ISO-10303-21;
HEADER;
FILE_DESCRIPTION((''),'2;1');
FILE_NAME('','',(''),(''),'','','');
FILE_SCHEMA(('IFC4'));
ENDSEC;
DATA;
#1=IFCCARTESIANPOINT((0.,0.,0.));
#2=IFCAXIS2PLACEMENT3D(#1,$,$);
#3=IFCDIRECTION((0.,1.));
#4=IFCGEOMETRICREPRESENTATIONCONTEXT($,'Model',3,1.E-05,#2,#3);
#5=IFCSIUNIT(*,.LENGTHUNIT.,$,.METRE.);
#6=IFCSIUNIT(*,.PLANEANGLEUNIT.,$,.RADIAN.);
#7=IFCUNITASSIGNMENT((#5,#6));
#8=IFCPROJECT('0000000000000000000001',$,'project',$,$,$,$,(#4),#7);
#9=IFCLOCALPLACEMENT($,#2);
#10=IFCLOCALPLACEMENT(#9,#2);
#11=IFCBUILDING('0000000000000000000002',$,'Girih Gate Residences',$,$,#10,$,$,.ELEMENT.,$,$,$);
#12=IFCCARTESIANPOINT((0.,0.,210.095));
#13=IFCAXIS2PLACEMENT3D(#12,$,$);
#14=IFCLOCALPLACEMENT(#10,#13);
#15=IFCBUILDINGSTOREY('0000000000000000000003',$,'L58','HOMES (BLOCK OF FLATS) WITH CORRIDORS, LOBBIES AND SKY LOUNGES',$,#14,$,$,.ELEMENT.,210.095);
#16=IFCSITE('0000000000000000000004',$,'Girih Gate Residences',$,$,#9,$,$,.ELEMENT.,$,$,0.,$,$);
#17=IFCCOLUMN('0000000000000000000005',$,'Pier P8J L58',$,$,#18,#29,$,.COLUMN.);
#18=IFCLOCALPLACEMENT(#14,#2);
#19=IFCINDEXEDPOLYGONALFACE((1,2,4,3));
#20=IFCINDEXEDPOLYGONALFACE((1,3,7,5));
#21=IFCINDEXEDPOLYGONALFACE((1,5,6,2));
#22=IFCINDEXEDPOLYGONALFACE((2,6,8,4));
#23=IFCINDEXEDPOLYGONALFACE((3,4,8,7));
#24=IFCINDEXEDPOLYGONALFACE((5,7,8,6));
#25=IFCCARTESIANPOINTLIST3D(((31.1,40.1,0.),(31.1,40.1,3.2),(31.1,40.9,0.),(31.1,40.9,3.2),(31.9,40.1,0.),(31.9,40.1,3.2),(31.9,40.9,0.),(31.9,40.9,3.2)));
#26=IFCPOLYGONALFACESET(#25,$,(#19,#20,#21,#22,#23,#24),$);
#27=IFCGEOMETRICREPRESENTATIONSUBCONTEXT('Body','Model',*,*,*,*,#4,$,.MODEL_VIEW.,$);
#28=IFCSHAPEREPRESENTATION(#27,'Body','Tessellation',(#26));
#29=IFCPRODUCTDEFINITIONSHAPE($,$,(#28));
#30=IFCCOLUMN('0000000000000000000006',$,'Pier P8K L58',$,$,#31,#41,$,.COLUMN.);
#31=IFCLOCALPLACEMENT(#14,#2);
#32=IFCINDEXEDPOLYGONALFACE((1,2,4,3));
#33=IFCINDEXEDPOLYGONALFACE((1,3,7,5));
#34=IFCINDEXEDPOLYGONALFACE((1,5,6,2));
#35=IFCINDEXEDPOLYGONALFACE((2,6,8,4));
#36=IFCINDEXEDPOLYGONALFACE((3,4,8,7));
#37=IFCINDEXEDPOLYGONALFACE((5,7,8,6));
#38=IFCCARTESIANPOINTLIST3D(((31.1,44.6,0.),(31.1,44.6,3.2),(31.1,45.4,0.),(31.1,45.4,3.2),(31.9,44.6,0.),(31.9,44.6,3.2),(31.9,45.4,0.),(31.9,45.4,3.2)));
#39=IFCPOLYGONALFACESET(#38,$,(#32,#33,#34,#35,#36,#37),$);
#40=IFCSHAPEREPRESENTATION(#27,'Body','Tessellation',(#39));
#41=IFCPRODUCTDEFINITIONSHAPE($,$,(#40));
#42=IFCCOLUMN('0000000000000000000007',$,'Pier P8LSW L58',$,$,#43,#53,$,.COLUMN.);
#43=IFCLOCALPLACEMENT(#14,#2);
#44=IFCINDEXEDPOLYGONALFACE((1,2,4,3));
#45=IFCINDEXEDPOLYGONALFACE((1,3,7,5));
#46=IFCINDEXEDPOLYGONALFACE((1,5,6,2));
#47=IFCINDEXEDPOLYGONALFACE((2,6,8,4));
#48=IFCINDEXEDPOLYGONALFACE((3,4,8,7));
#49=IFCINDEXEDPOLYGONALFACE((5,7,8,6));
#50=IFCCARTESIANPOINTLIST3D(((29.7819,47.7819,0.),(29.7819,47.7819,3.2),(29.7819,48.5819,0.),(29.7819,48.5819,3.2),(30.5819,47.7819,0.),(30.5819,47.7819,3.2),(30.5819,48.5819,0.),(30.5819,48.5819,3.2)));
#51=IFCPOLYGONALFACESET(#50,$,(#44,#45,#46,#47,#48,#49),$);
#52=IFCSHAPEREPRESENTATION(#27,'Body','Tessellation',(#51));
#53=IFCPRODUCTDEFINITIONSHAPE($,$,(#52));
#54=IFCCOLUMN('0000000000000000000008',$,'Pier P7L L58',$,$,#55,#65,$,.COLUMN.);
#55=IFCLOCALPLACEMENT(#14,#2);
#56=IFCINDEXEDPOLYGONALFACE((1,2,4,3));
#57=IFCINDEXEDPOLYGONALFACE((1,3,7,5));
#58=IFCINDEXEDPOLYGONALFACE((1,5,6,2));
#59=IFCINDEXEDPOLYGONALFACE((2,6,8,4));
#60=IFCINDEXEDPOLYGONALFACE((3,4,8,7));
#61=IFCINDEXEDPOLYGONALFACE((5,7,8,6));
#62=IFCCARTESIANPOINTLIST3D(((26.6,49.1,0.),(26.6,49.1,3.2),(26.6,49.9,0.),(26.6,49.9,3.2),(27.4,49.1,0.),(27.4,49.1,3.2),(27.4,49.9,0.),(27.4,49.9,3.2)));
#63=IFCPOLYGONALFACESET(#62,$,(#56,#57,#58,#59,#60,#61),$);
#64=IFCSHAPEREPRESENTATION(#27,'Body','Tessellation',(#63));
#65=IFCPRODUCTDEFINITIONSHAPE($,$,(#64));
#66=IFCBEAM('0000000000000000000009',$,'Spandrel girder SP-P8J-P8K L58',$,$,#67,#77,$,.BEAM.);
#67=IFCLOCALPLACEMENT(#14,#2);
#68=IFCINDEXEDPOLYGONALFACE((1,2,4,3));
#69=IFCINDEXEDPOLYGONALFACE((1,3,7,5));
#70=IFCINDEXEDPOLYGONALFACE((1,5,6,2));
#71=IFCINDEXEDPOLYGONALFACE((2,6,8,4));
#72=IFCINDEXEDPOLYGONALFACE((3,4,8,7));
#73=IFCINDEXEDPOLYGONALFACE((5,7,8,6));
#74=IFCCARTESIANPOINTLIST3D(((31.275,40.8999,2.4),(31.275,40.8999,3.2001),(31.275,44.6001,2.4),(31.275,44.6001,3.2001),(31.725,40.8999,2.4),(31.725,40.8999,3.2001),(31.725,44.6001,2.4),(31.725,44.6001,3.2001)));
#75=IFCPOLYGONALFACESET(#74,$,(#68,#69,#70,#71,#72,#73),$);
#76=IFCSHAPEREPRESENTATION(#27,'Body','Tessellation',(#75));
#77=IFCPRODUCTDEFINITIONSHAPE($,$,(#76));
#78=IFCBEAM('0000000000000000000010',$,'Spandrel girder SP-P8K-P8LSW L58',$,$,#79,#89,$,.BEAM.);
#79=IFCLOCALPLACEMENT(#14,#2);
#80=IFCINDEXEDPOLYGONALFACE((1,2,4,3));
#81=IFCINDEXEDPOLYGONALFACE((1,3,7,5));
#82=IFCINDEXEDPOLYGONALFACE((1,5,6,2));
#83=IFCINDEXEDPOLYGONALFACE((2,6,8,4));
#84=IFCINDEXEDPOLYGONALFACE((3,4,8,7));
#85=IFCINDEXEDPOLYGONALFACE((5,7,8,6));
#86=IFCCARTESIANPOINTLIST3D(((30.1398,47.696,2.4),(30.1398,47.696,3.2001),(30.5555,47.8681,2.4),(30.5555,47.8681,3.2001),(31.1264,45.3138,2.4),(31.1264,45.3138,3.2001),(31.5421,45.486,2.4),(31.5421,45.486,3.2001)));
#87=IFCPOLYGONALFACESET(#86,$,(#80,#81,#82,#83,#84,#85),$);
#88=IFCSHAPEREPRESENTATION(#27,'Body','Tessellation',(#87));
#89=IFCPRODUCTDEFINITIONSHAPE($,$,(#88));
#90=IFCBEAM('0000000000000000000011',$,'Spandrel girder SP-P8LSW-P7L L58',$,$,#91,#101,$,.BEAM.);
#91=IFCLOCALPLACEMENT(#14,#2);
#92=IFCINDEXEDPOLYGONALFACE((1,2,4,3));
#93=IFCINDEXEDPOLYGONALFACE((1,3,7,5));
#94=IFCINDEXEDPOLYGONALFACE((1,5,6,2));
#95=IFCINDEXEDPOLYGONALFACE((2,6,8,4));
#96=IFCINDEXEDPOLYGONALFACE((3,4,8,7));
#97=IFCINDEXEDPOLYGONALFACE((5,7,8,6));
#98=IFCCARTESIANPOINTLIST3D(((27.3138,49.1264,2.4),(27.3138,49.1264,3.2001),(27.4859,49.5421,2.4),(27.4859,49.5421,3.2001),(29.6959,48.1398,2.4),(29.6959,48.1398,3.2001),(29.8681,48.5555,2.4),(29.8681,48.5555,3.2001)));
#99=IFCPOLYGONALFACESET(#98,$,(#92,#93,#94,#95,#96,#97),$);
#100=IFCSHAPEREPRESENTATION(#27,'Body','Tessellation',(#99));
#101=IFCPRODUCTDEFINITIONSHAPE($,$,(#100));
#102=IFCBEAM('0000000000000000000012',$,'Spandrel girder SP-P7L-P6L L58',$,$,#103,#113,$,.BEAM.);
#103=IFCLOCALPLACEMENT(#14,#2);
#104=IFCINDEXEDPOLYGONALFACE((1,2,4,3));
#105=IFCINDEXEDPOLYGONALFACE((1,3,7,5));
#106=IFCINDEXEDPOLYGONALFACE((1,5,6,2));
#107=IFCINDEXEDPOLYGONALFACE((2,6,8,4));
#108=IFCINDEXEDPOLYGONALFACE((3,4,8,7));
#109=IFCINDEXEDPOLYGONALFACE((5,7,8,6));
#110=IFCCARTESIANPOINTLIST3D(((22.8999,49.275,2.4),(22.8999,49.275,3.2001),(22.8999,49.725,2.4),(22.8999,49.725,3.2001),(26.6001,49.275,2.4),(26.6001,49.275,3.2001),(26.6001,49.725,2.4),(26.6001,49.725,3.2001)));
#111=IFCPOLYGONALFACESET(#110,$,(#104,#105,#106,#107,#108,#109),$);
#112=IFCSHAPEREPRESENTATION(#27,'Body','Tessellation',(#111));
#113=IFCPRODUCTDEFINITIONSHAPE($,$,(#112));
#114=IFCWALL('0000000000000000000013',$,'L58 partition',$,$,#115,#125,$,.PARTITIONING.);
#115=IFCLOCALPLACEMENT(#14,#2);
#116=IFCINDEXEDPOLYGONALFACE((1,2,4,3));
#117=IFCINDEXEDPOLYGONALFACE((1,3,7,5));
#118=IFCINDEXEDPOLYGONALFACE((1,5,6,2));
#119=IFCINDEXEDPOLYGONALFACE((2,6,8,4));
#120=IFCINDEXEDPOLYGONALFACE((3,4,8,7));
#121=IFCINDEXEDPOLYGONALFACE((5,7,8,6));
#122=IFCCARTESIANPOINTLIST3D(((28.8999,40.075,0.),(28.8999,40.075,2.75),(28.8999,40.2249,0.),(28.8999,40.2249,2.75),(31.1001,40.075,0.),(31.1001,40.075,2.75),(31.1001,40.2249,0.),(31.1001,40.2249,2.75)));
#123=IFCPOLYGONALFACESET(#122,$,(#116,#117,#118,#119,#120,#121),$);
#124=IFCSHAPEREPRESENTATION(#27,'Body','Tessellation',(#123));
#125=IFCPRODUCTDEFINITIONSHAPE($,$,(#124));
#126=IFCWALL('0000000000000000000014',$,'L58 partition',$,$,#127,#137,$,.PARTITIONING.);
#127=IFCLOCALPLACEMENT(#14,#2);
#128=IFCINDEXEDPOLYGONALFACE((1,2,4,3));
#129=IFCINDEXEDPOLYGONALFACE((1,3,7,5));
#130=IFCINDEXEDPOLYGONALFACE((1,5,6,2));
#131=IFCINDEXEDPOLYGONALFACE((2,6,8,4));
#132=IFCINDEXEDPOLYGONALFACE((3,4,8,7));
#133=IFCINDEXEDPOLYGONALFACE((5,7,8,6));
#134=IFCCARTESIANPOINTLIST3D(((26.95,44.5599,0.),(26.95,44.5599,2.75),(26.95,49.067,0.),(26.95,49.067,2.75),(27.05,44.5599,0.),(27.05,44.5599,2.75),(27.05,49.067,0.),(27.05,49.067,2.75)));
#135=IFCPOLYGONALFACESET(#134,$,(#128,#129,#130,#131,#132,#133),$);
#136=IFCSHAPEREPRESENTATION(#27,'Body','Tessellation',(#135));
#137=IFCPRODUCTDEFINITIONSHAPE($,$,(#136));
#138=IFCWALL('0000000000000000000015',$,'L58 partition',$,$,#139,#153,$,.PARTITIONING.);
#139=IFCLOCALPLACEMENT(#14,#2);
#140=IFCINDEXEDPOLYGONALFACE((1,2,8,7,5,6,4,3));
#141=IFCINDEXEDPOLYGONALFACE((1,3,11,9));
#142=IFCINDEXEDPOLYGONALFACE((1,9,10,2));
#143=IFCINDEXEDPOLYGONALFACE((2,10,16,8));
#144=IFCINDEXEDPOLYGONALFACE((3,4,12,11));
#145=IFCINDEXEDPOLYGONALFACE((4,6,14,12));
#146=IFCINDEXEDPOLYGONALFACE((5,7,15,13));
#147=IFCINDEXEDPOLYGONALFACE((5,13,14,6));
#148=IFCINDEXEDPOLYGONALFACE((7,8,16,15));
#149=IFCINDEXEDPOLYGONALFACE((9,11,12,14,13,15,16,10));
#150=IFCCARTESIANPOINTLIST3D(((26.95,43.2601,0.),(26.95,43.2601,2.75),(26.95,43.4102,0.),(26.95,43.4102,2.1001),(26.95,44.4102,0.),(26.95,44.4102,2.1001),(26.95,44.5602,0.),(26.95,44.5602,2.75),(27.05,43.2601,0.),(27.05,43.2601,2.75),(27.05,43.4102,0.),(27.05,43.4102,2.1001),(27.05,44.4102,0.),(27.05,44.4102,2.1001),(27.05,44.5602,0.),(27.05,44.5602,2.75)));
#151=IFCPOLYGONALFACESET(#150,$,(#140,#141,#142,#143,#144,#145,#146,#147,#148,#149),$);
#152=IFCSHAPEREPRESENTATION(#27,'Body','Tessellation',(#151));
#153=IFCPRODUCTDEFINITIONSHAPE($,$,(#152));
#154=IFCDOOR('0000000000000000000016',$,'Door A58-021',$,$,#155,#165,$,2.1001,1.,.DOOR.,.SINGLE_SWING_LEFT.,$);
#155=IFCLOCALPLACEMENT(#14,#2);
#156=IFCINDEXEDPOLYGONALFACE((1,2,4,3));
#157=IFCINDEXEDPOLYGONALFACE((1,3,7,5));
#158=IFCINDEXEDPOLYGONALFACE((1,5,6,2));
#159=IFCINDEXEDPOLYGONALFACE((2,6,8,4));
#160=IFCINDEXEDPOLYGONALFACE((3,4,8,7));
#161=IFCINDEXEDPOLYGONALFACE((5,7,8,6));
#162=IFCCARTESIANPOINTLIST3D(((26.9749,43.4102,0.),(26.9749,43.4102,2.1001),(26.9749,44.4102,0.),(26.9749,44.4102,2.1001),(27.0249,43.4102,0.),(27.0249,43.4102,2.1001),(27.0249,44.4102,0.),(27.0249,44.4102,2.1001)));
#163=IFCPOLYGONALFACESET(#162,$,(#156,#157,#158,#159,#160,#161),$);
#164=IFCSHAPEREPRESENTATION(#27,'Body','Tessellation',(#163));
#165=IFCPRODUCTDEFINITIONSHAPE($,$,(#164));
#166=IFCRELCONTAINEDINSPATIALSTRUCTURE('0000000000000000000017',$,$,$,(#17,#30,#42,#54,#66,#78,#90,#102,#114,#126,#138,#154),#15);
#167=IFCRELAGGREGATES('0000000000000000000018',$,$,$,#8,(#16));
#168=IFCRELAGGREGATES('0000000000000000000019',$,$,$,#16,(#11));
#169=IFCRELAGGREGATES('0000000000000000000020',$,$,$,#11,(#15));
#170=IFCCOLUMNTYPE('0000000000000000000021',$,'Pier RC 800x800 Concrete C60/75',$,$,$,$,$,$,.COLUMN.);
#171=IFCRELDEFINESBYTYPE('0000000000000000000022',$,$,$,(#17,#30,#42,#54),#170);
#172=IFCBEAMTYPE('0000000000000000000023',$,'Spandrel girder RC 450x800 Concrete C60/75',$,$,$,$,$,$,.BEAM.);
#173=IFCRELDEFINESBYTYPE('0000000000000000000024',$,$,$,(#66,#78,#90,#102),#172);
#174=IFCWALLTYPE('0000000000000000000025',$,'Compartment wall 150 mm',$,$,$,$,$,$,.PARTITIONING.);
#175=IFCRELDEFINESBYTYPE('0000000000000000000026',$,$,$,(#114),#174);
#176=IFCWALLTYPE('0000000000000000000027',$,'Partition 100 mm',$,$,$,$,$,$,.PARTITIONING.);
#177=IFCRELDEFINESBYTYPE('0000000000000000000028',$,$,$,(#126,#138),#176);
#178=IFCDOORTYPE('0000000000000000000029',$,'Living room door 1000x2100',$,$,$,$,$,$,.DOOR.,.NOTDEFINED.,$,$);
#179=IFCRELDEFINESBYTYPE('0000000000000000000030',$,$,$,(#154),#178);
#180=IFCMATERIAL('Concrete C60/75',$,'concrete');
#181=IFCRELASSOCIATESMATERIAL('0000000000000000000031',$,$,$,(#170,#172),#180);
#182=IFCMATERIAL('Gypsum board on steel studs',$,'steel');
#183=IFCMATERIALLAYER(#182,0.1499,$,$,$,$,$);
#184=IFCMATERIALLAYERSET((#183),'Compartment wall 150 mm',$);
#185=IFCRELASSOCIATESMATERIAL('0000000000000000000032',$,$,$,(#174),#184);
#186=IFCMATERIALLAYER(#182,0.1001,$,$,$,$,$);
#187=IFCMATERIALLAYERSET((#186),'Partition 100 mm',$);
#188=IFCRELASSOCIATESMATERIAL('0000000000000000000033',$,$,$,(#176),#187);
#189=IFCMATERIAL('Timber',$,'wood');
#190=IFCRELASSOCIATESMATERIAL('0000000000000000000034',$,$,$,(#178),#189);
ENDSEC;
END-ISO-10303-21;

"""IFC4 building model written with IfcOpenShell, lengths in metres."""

from ifc_helpers import new_model, si_unit, direction, frame, frame_2d, origin, origin_2d, place, context, subcontext, project, spatial, rectangle, extrude, material, layer, layer_set, material_profile, profile_set, type_object, element, fill, save


model = new_model("IFC4")

# Units and contexts
model_context = context("Model", 3, precision=1e-05, world=origin(), true_north=direction((0.0, 1.0)))
body_context = subcontext(model_context, "Body", "Model", "MODEL_VIEW")
ifc_project = project(units=[si_unit("LENGTHUNIT", "METRE"), si_unit("PLANEANGLEUNIT", "RADIAN")], contexts=[model_context])

# Site, building, storey
site_placement = place(None, origin())
site = spatial("IfcSite", under=ifc_project, at=site_placement, Name="Girih Gate Residences", CompositionType="ELEMENT", RefElevation=0.0)
building_placement = place(site_placement, origin())
building = spatial("IfcBuilding", under=site, at=building_placement, Name="Girih Gate Residences", CompositionType="ELEMENT")
storey_placement = place(building_placement, frame((0.0, 0.0, 210.095)))
storey = spatial("IfcBuildingStorey", under=building, at=storey_placement, Name="L58", Description="HOMES (BLOCK OF FLATS) WITH CORRIDORS, LOBBIES AND SKY LOUNGES", CompositionType="ELEMENT", Elevation=210.095)

# Columns
ifc_material_1 = material(Name="Concrete C60/75", Category="concrete")
ifc_material_profile_1 = material_profile(ifc_material_1, rectangle(XDim=0.8, YDim=0.8, at=origin_2d()))
ifc_profile_set_1 = profile_set([ifc_material_profile_1], Name="Concrete C60/75")
column_type = type_object("IfcColumnType", Name="Pier RC 800x800 Concrete C60/75", PredefinedType="COLUMN", material=ifc_profile_set_1)
for number, where, z_axis, x_axis, name in (
    (1, (31.5, 40.5, 0.0), (0.0, 0.0, 1.0), (1.0, 0.0, 0.0), "Pier P8J L58"),
    (2, (31.5, 45.0, 0.0), (0.0, 0.0, 1.0), (1.0, 0.0, 0.0), "Pier P8K L58"),
    (3, (30.1819, 48.1819, 0.0), (0.0, 0.0, 1.0), (1.0, 0.0, 0.0), "Pier P8LSW L58"),
    (4, (27.0, 49.5, 0.0), (0.0, 0.0, 1.0), (1.0, 0.0, 0.0), "Pier P7L L58"),
):
    element("IfcColumn", number, at=place(storey_placement, frame(where, z_axis=z_axis, x_axis=x_axis)), inside=storey, type_object=column_type, Name=name, PredefinedType="COLUMN", context=body_context, shape_type="SweptSolid", body=[
        extrude(rectangle(XDim=0.8, YDim=0.8, at=origin_2d()), origin(), (0.0, 0.0, 1.0), 3.2),
    ])

# Beams
ifc_material_profile_2 = material_profile(ifc_material_1, rectangle(XDim=0.45, YDim=0.8, at=origin_2d()))
ifc_profile_set_2 = profile_set([ifc_material_profile_2], Name="Concrete C60/75")
beam_type = type_object("IfcBeamType", Name="Spandrel girder RC 450x800 Concrete C60/75", PredefinedType="BEAM", material=ifc_profile_set_2)
beam_1_placement = place(storey_placement, frame((31.5, 40.8999, 2.8), z_axis=(0.0, 1.0, 0.0), x_axis=(-1.0, 0.0, 0.0)))
element("IfcBeam", 5, at=beam_1_placement, inside=storey, type_object=beam_type, Name="Spandrel girder SP-P8J-P8K L58", PredefinedType="BEAM", context=body_context, shape_type="SweptSolid", body=[
    extrude(rectangle(XDim=0.45, YDim=0.8, at=origin_2d()), origin(), (0.0, 0.0, 1.0), 3.7002),
])
for number, where, z_axis, x_axis, name in (
    (6, (31.3342, 45.3999, 2.8), (-0.382644, 0.923896, 0.0), (-0.923896, -0.382644, 0.0), "Spandrel girder SP-P8K-P8LSW L58"),
    (7, (29.782, 48.3477, 2.8), (-0.923896, 0.382644, 0.0), (-0.382644, -0.923896, 0.0), "Spandrel girder SP-P8LSW-P7L L58"),
):
    element("IfcBeam", number, at=place(storey_placement, frame(where, z_axis=z_axis, x_axis=x_axis)), inside=storey, type_object=beam_type, Name=name, PredefinedType="BEAM", context=body_context, shape_type="SweptSolid", body=[
        extrude(rectangle(XDim=0.45, YDim=0.8, at=origin_2d()), origin(), (0.0, 0.0, 1.0), 2.5784),
    ])
beam_2_placement = place(storey_placement, frame((26.6001, 49.5, 2.8), z_axis=(-1.0, 0.0, 0.0), x_axis=(0.0, -1.0, 0.0)))
element("IfcBeam", 8, at=beam_2_placement, inside=storey, type_object=beam_type, Name="Spandrel girder SP-P7L-P6L L58", PredefinedType="BEAM", context=body_context, shape_type="SweptSolid", body=[
    extrude(rectangle(XDim=0.45, YDim=0.8, at=origin_2d()), origin(), (0.0, 0.0, 1.0), 3.7002),
])

# Walls
ifc_material_2 = material(Name="Gypsum board on steel studs", Category="steel")
ifc_layer_1 = layer(ifc_material_2, 0.1499)
ifc_layer_set_1 = layer_set([ifc_layer_1], Name="Compartment wall 150 mm")
wall_type_1 = type_object("IfcWallType", Name="Compartment wall 150 mm", PredefinedType="PARTITIONING", material=ifc_layer_set_1)
wall_1_placement = place(storey_placement, frame((28.8999, 40.1499, 0.0), z_axis=(0.0, 0.0, 1.0), x_axis=(1.0, 0.0, 0.0)))
element("IfcWall", 9, at=wall_1_placement, inside=storey, type_object=wall_type_1, Name="L58 partition", PredefinedType="PARTITIONING", context=body_context, shape_type="SweptSolid", body=[
    extrude(rectangle(XDim=2.2002, YDim=0.1499, at=frame_2d((1.1001, 0.0))), origin(), (0.0, 0.0, 1.0), 2.75),
])
ifc_layer_2 = layer(ifc_material_2, 0.1001)
ifc_layer_set_2 = layer_set([ifc_layer_2], Name="Partition 100 mm")
wall_type_2 = type_object("IfcWallType", Name="Partition 100 mm", PredefinedType="PARTITIONING", material=ifc_layer_set_2)
wall_2_placement = place(storey_placement, frame((27.0, 44.5601, 0.0), z_axis=(0.0, 0.0, 1.0), x_axis=(0.0, 1.0, 0.0)))
element("IfcWall", 10, at=wall_2_placement, inside=storey, type_object=wall_type_2, Name="L58 partition", PredefinedType="PARTITIONING", context=body_context, shape_type="SweptSolid", body=[
    extrude(rectangle(XDim=4.5071, YDim=0.1001, at=frame_2d((2.2534, 0.0))), origin(), (0.0, 0.0, 1.0), 2.75),
])

# Wall, opening, door
wall_3_placement = place(storey_placement, frame((27.0, 44.5601, 0.0), z_axis=(0.0, 0.0, 1.0), x_axis=(0.0, -1.0, 0.0)))
wall_3 = element("IfcWall", 11, at=wall_3_placement, inside=storey, type_object=wall_type_2, Name="L58 partition", PredefinedType="PARTITIONING", context=body_context, shape_type="SweptSolid", body=[
    extrude(rectangle(XDim=1.3, YDim=0.1001, at=frame_2d((0.6499, 0.0))), origin(), (0.0, 0.0, 1.0), 2.75),
])
opening_1_placement = place(wall_3_placement, frame((0.1499, 0.0, 0.0)))
opening_1 = element("IfcOpeningElement", 12, at=opening_1_placement, cuts=wall_3, PredefinedType="OPENING", context=body_context, shape_type="SweptSolid", body=[
    extrude(rectangle(XDim=1.0, YDim=2.1001, at=frame_2d((0.5, 1.05))), frame((0.0, 0.0601, 0.0), z_axis=(0.0, -1.0, 0.0), x_axis=(1.0, 0.0, 0.0)), (0.0, 0.0, 1.0), 0.1201),
])
ifc_material_3 = material(Name="Timber", Category="wood")
door_type_1 = type_object("IfcDoorType", Name="Living room door 1000x2100", OperationType="NOTDEFINED", PredefinedType="DOOR", material=ifc_material_3)
door_1_placement = place(opening_1_placement, origin())
door_1 = element("IfcDoor", 13, at=door_1_placement, inside=storey, type_object=door_type_1, Name="Door A58-021", OperationType="SINGLE_SWING_LEFT", OverallHeight=2.1001, OverallWidth=1.0, PredefinedType="DOOR", context=body_context, shape_type="SweptSolid", body=[
    extrude(rectangle(XDim=1.0, YDim=2.1001, at=frame_2d((0.5, 1.05))), frame((0.0, 0.0249, 0.0), z_axis=(0.0, -1.0, 0.0), x_axis=(1.0, 0.0, 0.0)), (0.0, 0.0, 1.0), 0.05),
])
fill(opening_1, door_1)

save(model, "model.ifc")
